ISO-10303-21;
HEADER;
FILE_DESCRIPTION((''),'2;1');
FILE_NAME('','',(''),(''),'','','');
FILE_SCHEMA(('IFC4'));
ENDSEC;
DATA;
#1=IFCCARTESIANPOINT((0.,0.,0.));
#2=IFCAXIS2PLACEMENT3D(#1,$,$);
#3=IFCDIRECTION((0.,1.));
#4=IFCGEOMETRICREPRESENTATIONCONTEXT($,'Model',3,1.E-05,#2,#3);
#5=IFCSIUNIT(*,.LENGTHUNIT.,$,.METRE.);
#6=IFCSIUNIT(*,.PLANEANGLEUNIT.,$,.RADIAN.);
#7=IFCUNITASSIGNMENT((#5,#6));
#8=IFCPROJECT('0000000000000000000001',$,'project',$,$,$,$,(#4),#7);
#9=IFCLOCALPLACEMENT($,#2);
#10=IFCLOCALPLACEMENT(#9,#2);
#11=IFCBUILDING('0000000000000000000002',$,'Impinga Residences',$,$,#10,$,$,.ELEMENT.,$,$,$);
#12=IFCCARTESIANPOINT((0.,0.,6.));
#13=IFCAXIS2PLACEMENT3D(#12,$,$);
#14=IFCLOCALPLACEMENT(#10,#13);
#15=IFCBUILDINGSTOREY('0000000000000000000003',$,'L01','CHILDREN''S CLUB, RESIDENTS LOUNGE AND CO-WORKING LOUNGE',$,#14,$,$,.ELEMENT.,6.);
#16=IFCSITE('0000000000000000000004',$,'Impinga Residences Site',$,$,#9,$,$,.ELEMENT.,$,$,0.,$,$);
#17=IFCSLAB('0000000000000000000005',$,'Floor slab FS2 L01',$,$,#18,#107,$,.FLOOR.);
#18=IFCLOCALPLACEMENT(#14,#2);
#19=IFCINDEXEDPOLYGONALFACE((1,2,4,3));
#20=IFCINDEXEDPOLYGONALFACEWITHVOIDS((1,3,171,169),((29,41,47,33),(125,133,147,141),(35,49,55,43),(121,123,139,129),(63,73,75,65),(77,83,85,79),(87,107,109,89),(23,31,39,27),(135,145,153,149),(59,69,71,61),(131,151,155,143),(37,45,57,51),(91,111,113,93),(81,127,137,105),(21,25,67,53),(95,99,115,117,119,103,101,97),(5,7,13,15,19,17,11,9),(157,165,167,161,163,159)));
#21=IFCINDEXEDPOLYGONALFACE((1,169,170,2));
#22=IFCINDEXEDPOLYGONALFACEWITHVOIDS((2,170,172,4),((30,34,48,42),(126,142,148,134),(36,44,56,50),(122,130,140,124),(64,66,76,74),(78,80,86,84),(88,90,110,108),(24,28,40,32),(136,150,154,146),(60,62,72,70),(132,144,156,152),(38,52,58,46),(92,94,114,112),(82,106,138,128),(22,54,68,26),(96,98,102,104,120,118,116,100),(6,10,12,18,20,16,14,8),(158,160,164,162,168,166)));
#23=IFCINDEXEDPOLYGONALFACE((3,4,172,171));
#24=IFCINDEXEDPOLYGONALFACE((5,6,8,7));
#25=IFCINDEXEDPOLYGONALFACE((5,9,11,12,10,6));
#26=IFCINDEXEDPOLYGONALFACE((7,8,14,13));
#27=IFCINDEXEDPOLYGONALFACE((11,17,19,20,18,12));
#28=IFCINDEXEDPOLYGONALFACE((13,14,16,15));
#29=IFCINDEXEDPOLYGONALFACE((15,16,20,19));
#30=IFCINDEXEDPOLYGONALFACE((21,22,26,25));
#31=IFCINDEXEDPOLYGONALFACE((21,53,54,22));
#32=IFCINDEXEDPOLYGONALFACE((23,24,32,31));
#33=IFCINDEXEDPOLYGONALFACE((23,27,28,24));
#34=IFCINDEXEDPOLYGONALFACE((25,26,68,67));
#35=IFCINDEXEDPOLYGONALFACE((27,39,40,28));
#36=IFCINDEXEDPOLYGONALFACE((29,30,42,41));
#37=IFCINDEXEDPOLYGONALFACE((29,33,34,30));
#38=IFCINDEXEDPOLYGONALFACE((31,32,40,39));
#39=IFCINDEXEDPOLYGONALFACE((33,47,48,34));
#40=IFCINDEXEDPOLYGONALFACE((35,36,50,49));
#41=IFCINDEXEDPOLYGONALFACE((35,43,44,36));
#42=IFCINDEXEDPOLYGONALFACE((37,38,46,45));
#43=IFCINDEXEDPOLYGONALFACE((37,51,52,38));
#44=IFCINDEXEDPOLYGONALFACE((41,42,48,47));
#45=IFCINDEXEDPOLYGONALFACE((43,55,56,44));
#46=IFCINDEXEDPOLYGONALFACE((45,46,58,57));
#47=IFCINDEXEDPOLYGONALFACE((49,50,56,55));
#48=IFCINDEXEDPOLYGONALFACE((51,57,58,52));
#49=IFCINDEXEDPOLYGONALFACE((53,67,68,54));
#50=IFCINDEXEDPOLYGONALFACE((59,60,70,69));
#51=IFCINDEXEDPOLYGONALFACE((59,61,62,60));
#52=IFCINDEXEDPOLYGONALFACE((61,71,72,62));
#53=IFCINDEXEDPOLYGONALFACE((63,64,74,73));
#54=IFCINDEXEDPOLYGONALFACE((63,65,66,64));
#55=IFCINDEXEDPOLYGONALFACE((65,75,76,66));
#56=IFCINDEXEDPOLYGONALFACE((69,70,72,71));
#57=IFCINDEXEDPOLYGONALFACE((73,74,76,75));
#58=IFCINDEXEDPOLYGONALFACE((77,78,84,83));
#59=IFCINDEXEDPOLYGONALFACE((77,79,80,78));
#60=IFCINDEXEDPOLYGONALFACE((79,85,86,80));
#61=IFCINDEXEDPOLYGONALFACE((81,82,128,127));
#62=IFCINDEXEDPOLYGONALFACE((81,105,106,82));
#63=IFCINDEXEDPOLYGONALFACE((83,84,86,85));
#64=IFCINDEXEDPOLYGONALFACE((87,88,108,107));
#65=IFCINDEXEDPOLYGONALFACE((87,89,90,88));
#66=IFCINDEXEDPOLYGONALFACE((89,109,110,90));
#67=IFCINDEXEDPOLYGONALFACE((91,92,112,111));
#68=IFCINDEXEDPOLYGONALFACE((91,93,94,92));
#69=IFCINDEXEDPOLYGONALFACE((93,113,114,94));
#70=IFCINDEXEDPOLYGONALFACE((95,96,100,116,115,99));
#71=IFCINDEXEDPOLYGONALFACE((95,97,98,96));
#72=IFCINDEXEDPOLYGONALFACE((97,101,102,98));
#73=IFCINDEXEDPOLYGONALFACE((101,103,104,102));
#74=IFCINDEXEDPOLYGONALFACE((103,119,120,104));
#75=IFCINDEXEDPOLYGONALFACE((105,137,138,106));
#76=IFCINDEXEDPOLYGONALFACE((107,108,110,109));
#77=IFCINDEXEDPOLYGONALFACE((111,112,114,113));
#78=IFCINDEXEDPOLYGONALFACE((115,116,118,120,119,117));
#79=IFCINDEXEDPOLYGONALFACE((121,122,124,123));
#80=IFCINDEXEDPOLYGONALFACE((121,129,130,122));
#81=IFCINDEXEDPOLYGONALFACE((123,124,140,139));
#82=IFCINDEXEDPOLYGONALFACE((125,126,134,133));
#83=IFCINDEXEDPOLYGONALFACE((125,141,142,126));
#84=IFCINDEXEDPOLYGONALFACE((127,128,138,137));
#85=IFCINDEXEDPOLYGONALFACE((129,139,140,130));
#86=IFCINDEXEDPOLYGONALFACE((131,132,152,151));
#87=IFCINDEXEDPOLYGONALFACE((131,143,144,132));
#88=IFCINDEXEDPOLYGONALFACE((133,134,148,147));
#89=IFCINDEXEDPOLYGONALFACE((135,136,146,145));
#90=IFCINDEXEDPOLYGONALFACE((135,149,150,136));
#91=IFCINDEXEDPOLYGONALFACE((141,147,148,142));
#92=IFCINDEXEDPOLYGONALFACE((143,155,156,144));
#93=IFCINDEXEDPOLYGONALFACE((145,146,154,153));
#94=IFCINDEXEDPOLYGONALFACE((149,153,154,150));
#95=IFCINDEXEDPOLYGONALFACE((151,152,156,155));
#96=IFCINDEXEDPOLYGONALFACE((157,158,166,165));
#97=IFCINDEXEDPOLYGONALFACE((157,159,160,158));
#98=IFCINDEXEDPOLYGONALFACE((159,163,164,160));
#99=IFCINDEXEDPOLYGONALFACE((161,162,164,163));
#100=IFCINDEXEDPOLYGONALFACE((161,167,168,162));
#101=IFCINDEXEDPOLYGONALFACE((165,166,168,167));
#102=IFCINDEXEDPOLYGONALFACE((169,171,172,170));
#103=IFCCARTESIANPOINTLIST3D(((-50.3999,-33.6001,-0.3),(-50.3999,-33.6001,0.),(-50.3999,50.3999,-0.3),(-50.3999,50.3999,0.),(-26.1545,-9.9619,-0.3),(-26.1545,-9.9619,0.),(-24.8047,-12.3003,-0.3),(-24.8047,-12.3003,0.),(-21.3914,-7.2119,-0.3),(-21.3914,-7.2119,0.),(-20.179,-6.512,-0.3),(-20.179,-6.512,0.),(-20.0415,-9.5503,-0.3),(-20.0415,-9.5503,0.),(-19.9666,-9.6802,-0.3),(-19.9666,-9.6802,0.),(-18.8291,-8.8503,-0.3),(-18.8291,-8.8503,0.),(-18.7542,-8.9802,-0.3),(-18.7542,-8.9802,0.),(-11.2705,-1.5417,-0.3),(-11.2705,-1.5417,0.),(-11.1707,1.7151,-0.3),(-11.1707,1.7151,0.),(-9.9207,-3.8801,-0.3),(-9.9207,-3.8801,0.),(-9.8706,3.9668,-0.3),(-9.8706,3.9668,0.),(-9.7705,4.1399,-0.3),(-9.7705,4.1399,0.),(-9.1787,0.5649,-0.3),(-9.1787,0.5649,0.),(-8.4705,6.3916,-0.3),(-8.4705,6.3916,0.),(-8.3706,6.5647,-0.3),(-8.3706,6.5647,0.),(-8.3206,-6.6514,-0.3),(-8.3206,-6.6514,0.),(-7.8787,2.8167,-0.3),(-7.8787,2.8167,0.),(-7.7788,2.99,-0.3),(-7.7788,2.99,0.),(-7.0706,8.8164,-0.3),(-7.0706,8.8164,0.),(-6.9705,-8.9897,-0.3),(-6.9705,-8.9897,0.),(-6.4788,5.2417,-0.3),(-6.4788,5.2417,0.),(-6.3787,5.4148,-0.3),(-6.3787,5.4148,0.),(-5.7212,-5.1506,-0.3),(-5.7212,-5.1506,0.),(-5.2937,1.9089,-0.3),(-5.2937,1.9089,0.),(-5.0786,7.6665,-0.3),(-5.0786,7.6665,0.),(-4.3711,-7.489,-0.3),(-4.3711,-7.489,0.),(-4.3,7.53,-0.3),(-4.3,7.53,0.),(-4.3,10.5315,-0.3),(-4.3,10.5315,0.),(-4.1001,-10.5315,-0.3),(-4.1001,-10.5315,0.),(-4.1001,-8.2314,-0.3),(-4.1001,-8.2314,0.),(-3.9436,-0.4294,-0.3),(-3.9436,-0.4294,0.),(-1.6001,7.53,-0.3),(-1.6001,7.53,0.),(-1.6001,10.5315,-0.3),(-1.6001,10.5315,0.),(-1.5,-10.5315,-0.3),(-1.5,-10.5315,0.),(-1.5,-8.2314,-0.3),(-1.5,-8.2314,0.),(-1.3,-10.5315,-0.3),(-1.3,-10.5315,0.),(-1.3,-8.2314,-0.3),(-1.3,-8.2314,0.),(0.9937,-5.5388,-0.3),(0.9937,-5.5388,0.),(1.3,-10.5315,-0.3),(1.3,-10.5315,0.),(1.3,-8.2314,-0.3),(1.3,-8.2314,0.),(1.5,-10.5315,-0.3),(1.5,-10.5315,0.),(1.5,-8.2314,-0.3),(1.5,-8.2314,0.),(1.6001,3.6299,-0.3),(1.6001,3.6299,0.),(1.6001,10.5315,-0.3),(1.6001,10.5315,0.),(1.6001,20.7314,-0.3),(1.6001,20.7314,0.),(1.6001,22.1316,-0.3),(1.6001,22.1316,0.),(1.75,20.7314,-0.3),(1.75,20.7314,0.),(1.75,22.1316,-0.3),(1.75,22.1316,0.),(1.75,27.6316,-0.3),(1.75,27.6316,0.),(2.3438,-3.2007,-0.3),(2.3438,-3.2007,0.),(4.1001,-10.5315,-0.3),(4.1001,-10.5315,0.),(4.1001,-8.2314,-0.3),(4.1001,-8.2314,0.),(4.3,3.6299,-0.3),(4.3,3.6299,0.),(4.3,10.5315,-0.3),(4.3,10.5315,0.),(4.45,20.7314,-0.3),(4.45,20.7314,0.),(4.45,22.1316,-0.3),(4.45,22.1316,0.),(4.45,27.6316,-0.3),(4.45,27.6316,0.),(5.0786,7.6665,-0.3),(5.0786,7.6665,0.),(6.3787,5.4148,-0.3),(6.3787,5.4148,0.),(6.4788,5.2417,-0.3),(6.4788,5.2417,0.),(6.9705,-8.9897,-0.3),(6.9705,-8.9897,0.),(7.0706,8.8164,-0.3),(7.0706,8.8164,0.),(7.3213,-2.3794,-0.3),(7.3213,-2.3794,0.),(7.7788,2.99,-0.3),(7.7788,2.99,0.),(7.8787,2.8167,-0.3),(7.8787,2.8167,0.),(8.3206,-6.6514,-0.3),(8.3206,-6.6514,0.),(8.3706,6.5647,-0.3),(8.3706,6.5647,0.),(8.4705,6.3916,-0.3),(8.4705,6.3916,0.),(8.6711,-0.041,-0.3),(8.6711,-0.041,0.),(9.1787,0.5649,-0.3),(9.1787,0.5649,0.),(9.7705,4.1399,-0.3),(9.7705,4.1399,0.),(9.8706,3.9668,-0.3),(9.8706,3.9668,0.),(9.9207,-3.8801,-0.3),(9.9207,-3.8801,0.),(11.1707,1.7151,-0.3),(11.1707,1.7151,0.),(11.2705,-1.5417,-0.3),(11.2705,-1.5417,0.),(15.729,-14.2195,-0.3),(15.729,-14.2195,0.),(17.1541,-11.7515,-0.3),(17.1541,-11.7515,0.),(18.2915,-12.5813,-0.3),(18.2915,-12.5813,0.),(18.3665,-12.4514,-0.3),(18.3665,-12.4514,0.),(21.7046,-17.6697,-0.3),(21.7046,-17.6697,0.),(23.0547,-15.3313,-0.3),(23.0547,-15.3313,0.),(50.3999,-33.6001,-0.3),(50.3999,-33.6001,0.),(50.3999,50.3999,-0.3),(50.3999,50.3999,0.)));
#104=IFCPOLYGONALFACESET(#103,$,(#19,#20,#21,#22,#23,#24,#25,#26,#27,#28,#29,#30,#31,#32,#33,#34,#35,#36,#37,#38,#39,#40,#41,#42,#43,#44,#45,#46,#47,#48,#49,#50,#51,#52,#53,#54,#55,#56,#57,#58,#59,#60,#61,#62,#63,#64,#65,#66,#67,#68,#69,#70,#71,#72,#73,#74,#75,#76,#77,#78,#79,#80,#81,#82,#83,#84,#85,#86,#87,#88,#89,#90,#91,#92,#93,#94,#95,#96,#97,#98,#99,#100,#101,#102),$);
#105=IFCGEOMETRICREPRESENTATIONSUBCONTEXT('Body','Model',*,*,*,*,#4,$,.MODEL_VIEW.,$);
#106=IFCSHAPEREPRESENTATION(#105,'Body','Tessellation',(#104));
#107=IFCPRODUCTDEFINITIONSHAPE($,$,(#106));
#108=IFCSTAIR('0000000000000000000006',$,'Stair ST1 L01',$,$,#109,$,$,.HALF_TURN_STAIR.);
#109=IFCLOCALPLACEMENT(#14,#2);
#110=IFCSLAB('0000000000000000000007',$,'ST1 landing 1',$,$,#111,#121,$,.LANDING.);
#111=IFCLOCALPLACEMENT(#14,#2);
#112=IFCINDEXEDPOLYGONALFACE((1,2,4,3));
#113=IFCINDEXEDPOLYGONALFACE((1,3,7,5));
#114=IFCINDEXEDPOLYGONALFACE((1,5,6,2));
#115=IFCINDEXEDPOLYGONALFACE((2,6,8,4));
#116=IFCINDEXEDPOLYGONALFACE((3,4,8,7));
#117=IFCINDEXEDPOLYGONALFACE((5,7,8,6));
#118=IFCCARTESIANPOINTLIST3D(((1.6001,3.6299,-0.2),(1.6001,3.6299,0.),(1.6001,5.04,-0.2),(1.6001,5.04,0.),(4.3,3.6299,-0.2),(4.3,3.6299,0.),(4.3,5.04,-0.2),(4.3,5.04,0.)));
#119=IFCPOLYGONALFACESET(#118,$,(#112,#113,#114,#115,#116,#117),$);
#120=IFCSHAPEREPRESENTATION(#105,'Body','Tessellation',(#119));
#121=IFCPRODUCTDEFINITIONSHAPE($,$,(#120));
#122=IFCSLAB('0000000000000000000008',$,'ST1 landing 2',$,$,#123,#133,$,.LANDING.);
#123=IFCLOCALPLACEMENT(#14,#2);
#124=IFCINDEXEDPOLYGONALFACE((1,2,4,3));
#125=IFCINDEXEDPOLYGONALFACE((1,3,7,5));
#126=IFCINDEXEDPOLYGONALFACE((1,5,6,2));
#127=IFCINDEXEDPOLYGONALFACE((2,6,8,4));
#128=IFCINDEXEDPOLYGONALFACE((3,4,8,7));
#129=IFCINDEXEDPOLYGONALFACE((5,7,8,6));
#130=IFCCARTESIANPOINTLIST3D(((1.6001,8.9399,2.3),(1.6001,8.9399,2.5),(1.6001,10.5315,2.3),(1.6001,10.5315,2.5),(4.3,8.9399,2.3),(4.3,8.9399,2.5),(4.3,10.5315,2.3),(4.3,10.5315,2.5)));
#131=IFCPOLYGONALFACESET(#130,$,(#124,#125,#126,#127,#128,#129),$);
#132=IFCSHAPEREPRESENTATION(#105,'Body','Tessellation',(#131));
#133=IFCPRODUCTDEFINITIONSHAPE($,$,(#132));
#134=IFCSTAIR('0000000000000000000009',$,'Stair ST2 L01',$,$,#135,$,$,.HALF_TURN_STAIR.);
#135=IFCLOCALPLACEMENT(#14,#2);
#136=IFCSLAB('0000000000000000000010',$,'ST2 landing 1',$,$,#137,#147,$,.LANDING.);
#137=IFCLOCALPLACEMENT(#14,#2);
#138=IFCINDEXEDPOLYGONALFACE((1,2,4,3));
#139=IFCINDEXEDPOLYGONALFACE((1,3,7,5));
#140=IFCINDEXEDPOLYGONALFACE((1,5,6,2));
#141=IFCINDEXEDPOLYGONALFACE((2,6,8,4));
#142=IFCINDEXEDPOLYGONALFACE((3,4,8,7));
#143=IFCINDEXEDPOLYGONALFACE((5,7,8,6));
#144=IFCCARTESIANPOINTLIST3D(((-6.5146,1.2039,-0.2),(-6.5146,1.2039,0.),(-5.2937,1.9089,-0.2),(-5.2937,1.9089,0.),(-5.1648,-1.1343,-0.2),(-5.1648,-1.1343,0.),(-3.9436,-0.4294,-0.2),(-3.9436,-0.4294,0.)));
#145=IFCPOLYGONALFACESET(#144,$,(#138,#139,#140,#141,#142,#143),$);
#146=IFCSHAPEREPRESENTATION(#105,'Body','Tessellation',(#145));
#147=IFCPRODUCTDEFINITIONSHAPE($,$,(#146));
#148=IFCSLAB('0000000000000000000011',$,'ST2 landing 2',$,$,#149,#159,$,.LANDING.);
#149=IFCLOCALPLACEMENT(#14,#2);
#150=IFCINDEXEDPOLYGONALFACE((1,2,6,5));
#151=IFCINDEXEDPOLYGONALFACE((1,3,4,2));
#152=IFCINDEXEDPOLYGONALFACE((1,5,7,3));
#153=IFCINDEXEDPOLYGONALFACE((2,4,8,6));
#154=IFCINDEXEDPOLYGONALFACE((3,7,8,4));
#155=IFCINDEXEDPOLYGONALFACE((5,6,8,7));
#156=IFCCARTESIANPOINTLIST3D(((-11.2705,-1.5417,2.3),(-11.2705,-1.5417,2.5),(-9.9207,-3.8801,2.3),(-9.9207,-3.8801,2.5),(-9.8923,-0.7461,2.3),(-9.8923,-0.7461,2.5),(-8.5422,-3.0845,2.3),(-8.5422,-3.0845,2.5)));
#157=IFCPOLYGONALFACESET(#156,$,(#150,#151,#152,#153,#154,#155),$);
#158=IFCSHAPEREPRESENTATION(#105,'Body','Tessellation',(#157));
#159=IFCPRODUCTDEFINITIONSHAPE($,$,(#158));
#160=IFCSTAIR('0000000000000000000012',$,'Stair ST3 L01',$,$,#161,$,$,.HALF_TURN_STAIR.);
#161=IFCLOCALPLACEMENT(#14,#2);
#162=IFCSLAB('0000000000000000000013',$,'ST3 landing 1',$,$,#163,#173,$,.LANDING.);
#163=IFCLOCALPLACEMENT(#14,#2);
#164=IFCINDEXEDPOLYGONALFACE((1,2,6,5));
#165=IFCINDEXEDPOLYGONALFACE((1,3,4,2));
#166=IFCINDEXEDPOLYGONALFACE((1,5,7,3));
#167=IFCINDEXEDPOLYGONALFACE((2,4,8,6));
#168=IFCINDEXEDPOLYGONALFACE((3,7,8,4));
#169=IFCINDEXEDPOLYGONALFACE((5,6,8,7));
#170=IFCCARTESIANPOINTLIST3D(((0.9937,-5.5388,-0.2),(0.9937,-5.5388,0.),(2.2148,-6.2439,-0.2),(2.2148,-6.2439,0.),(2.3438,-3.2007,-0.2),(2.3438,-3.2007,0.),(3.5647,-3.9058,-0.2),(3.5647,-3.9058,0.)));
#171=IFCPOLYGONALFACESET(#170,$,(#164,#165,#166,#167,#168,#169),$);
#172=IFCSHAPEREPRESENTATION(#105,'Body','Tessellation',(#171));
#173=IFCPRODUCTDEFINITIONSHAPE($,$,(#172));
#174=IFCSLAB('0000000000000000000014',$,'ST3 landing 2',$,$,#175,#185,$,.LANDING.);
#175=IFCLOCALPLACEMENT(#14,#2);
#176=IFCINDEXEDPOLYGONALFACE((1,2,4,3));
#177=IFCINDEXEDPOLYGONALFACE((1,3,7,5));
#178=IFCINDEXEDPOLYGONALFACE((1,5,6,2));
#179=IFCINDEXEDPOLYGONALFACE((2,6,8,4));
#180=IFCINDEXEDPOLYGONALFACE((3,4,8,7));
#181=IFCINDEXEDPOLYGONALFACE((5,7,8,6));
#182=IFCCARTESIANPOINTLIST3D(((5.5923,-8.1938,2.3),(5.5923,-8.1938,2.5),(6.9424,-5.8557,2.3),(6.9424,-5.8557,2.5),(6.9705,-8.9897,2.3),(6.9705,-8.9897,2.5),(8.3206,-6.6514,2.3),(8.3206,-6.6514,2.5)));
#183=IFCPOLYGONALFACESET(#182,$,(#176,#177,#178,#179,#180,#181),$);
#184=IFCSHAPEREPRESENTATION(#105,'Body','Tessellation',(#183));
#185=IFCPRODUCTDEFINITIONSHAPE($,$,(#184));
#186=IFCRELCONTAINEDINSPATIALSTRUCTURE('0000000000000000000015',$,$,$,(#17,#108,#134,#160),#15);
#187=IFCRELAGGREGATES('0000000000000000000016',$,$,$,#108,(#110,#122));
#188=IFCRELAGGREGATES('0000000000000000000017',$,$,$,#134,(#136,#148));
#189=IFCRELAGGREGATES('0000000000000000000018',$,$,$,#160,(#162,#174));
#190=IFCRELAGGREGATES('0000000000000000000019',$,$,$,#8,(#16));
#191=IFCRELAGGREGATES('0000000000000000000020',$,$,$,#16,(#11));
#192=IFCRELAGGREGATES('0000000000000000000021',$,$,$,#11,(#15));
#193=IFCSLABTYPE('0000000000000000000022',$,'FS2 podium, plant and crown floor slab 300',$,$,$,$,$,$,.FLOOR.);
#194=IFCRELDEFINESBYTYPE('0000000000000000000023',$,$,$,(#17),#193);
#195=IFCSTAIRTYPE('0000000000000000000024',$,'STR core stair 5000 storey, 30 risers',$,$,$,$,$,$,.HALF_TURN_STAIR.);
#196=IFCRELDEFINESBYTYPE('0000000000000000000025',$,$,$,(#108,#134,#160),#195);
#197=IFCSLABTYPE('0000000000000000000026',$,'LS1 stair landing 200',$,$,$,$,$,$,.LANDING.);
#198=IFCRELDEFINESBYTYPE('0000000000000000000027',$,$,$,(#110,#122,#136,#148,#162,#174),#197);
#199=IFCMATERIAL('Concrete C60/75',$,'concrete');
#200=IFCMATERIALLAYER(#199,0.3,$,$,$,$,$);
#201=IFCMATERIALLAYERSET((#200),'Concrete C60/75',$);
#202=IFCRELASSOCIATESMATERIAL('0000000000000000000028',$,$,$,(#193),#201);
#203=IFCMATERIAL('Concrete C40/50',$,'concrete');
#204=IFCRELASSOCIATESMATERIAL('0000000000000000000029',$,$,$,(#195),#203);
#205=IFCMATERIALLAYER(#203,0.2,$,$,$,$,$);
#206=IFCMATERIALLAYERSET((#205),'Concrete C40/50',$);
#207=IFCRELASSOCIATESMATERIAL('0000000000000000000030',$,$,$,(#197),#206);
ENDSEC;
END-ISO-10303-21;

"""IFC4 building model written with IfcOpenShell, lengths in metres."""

from ifc_helpers import new_model, si_unit, direction, frame, origin, place, context, subcontext, project, spatial, polyline, outline, extrude, material, layer, layer_set, type_object, element, aggregate, save


model = new_model("IFC4")

# Units and contexts
model_context = context("Model", 3, precision=1e-05, world=origin(), true_north=direction((0.0, 1.0)))
body_context = subcontext(model_context, "Body", "Model", "MODEL_VIEW")
ifc_project = project(units=[si_unit("LENGTHUNIT", "METRE"), si_unit("PLANEANGLEUNIT", "RADIAN")], contexts=[model_context])

# Site, building, storey
site_placement = place(None, origin())
site = spatial("IfcSite", under=ifc_project, at=site_placement, Name="Impinga Residences Site", CompositionType="ELEMENT", RefElevation=0.0)
building_placement = place(site_placement, origin())
building = spatial("IfcBuilding", under=site, at=building_placement, Name="Impinga Residences", CompositionType="ELEMENT")
storey_placement = place(building_placement, frame((0.0, 0.0, 6.0)))
storey = spatial("IfcBuildingStorey", under=building, at=storey_placement, Name="L01", Description="CHILDREN'S CLUB, RESIDENTS LOUNGE AND CO-WORKING LOUNGE", CompositionType="ELEMENT", Elevation=6.0)

# Slab
ifc_material_1 = material(Name="Concrete C60/75", Category="concrete")
ifc_layer_1 = layer(ifc_material_1, 0.3)
ifc_layer_set_1 = layer_set([ifc_layer_1], Name="Concrete C60/75")
slab_type_1 = type_object("IfcSlabType", Name="FS2 podium, plant and crown floor slab 300", PredefinedType="FLOOR", material=ifc_layer_set_1)
slab_1_placement = place(storey_placement, frame((0.0, 0.0, -0.3)))
element("IfcSlab", 1, at=slab_1_placement, inside=storey, type_object=slab_type_1, Name="Floor slab FS2 L01", PredefinedType="FLOOR", context=body_context, shape_type="SweptSolid", body=[
    extrude(outline(polyline([(-50.3999, 50.3999), (50.3999, 50.3999), (50.3999, -33.6001), (-50.3999, -33.6001), (-50.3999, 50.3999)]), holes=[polyline([(-21.3914, -7.2119), (-26.1545, -9.9619), (-24.8047, -12.3003), (-20.0415, -9.5503), (-19.9666, -9.6802), (-18.7542, -8.9802), (-18.8291, -8.8503), (-18.8291, -8.8503), (-20.179, -6.512), (-21.3914, -7.2119), (-21.3914, -7.2119)]), polyline([(-1.5, -8.2314), (-4.1001, -8.2314), (-4.1001, -10.5315), (-1.5, -10.5315), (-1.5, -8.2314)]), polyline([(1.3, -8.2314), (-1.3, -8.2314), (-1.3, -10.5315), (1.3, -10.5315), (1.3, -8.2314)]), polyline([(1.5, -8.2314), (1.5, -10.5315), (4.1001, -10.5315), (4.1001, -8.2314), (1.5, -8.2314)]), polyline([(-5.7212, -5.1506), (-8.3206, -6.6514), (-6.9705, -8.9897), (-4.3711, -7.489), (-5.7212, -5.1506)]), polyline([(-3.9436, -0.4294), (-5.2937, 1.9089), (-11.2705, -1.5417), (-9.9207, -3.8801), (-3.9436, -0.4294)]), polyline([(-9.1787, 0.5649), (-7.8787, 2.8167), (-9.8706, 3.9668), (-11.1707, 1.7151), (-9.1787, 0.5649)]), polyline([(-6.4788, 5.2417), (-8.4705, 6.3916), (-9.7705, 4.1399), (-7.7788, 2.99), (-6.4788, 5.2417)]), polyline([(-6.3787, 5.4148), (-5.0786, 7.6665), (-7.0706, 8.8164), (-8.3706, 6.5647), (-6.3787, 5.4148)]), polyline([(-4.3, 7.53), (-1.6001, 7.53), (-1.6001, 10.5315), (-4.3, 10.5315), (-4.3, 7.53)]), polyline([(15.729, -14.2195), (21.7046, -17.6697), (23.0547, -15.3313), (18.2915, -12.5813), (18.3665, -12.4514), (17.1541, -11.7515), (15.729, -14.2195)]), polyline([(0.9937, -5.5388), (6.9705, -8.9897), (8.3206, -6.6514), (2.3438, -3.2007), (0.9937, -5.5388)]), polyline([(8.6711, -0.041), (7.3213, -2.3794), (9.9207, -3.8801), (11.2705, -1.5417), (8.6711, -0.041)]), polyline([(7.8787, 2.8167), (9.1787, 0.5649), (11.1707, 1.7151), (9.8706, 3.9668), (7.8787, 2.8167)]), polyline([(7.7788, 2.99), (9.7705, 4.1399), (8.4705, 6.3916), (6.4788, 5.2417), (7.7788, 2.99)]), polyline([(1.6001, 3.6299), (4.3, 3.6299), (4.3, 10.5315), (1.6001, 10.5315), (1.6001, 3.6299)]), polyline([(5.0786, 7.6665), (6.3787, 5.4148), (8.3706, 6.5647), (7.0706, 8.8164), (5.0786, 7.6665)]), polyline([(1.75, 22.1316), (1.6001, 22.1316), (1.6001, 20.7314), (1.75, 20.7314), (4.45, 20.7314), (4.45, 22.1316), (4.45, 27.6316), (1.75, 27.6316), (1.75, 22.1316)])]), origin(), (0.0, 0.0, 1.0), 0.3),
])

# Stairs, slabs
ifc_material_2 = material(Name="Concrete C40/50", Category="concrete")
stair_type = type_object("IfcStairType", Name="STR core stair 5000 storey, 30 risers", PredefinedType="HALF_TURN_STAIR", material=ifc_material_2)
stair_1_placement = place(storey_placement, origin())
stair_1 = element("IfcStair", 2, at=stair_1_placement, inside=storey, type_object=stair_type, Name="Stair ST1 L01", PredefinedType="HALF_TURN_STAIR")
ifc_layer_2 = layer(ifc_material_2, 0.2)
ifc_layer_set_2 = layer_set([ifc_layer_2], Name="Concrete C40/50")
slab_type_2 = type_object("IfcSlabType", Name="LS1 stair landing 200", PredefinedType="LANDING", material=ifc_layer_set_2)
slab_2_placement = place(storey_placement, frame((0.0, 0.0, -0.2)))
slab_2 = element("IfcSlab", 3, at=slab_2_placement, type_object=slab_type_2, Name="ST1 landing 1", PredefinedType="LANDING", context=body_context, shape_type="SweptSolid", body=[
    extrude(outline(polyline([(1.6001, 3.6299), (4.3, 3.6299), (4.3, 5.04), (1.6001, 5.04), (1.6001, 3.6299)])), origin(), (0.0, 0.0, 1.0), 0.2),
])
slab_3_placement = place(storey_placement, frame((0.0, 0.0, 2.3)))
slab_3 = element("IfcSlab", 4, at=slab_3_placement, type_object=slab_type_2, Name="ST1 landing 2", PredefinedType="LANDING", context=body_context, shape_type="SweptSolid", body=[
    extrude(outline(polyline([(1.6001, 8.9399), (4.3, 8.9399), (4.3, 10.5315), (1.6001, 10.5315), (1.6001, 8.9399)])), origin(), (0.0, 0.0, 1.0), 0.2),
])
aggregate(stair_1, [slab_2, slab_3])
stair_2_placement = place(storey_placement, origin())
stair_2 = element("IfcStair", 5, at=stair_2_placement, inside=storey, type_object=stair_type, Name="Stair ST2 L01", PredefinedType="HALF_TURN_STAIR")
slab_4_placement = place(storey_placement, frame((0.0, 0.0, -0.2)))
slab_4 = element("IfcSlab", 6, at=slab_4_placement, type_object=slab_type_2, Name="ST2 landing 1", PredefinedType="LANDING", context=body_context, shape_type="SweptSolid", body=[
    extrude(outline(polyline([(-3.9436, -0.4294), (-5.2937, 1.9089), (-6.5146, 1.2039), (-5.1648, -1.1343), (-3.9436, -0.4294)])), origin(), (0.0, 0.0, 1.0), 0.2),
])
slab_5_placement = place(storey_placement, frame((0.0, 0.0, 2.3)))
slab_5 = element("IfcSlab", 7, at=slab_5_placement, type_object=slab_type_2, Name="ST2 landing 2", PredefinedType="LANDING", context=body_context, shape_type="SweptSolid", body=[
    extrude(outline(polyline([(-8.5422, -3.0845), (-9.8923, -0.7461), (-11.2705, -1.5417), (-9.9207, -3.8801), (-8.5422, -3.0845)])), origin(), (0.0, 0.0, 1.0), 0.2),
])
aggregate(stair_2, [slab_4, slab_5])
stair_3_placement = place(storey_placement, origin())
stair_3 = element("IfcStair", 8, at=stair_3_placement, inside=storey, type_object=stair_type, Name="Stair ST3 L01", PredefinedType="HALF_TURN_STAIR")
slab_6_placement = place(storey_placement, frame((0.0, 0.0, -0.2)))
slab_6 = element("IfcSlab", 9, at=slab_6_placement, type_object=slab_type_2, Name="ST3 landing 1", PredefinedType="LANDING", context=body_context, shape_type="SweptSolid", body=[
    extrude(outline(polyline([(2.3438, -3.2007), (0.9937, -5.5388), (2.2148, -6.2439), (3.5647, -3.9058), (2.3438, -3.2007)])), origin(), (0.0, 0.0, 1.0), 0.2),
])
slab_7_placement = place(storey_placement, frame((0.0, 0.0, 2.3)))
slab_7 = element("IfcSlab", 10, at=slab_7_placement, type_object=slab_type_2, Name="ST3 landing 2", PredefinedType="LANDING", context=body_context, shape_type="SweptSolid", body=[
    extrude(outline(polyline([(6.9424, -5.8557), (5.5923, -8.1938), (6.9705, -8.9897), (8.3206, -6.6514), (6.9424, -5.8557)])), origin(), (0.0, 0.0, 1.0), 0.2),
])
aggregate(stair_3, [slab_6, slab_7])

save(model, "model.ifc")
